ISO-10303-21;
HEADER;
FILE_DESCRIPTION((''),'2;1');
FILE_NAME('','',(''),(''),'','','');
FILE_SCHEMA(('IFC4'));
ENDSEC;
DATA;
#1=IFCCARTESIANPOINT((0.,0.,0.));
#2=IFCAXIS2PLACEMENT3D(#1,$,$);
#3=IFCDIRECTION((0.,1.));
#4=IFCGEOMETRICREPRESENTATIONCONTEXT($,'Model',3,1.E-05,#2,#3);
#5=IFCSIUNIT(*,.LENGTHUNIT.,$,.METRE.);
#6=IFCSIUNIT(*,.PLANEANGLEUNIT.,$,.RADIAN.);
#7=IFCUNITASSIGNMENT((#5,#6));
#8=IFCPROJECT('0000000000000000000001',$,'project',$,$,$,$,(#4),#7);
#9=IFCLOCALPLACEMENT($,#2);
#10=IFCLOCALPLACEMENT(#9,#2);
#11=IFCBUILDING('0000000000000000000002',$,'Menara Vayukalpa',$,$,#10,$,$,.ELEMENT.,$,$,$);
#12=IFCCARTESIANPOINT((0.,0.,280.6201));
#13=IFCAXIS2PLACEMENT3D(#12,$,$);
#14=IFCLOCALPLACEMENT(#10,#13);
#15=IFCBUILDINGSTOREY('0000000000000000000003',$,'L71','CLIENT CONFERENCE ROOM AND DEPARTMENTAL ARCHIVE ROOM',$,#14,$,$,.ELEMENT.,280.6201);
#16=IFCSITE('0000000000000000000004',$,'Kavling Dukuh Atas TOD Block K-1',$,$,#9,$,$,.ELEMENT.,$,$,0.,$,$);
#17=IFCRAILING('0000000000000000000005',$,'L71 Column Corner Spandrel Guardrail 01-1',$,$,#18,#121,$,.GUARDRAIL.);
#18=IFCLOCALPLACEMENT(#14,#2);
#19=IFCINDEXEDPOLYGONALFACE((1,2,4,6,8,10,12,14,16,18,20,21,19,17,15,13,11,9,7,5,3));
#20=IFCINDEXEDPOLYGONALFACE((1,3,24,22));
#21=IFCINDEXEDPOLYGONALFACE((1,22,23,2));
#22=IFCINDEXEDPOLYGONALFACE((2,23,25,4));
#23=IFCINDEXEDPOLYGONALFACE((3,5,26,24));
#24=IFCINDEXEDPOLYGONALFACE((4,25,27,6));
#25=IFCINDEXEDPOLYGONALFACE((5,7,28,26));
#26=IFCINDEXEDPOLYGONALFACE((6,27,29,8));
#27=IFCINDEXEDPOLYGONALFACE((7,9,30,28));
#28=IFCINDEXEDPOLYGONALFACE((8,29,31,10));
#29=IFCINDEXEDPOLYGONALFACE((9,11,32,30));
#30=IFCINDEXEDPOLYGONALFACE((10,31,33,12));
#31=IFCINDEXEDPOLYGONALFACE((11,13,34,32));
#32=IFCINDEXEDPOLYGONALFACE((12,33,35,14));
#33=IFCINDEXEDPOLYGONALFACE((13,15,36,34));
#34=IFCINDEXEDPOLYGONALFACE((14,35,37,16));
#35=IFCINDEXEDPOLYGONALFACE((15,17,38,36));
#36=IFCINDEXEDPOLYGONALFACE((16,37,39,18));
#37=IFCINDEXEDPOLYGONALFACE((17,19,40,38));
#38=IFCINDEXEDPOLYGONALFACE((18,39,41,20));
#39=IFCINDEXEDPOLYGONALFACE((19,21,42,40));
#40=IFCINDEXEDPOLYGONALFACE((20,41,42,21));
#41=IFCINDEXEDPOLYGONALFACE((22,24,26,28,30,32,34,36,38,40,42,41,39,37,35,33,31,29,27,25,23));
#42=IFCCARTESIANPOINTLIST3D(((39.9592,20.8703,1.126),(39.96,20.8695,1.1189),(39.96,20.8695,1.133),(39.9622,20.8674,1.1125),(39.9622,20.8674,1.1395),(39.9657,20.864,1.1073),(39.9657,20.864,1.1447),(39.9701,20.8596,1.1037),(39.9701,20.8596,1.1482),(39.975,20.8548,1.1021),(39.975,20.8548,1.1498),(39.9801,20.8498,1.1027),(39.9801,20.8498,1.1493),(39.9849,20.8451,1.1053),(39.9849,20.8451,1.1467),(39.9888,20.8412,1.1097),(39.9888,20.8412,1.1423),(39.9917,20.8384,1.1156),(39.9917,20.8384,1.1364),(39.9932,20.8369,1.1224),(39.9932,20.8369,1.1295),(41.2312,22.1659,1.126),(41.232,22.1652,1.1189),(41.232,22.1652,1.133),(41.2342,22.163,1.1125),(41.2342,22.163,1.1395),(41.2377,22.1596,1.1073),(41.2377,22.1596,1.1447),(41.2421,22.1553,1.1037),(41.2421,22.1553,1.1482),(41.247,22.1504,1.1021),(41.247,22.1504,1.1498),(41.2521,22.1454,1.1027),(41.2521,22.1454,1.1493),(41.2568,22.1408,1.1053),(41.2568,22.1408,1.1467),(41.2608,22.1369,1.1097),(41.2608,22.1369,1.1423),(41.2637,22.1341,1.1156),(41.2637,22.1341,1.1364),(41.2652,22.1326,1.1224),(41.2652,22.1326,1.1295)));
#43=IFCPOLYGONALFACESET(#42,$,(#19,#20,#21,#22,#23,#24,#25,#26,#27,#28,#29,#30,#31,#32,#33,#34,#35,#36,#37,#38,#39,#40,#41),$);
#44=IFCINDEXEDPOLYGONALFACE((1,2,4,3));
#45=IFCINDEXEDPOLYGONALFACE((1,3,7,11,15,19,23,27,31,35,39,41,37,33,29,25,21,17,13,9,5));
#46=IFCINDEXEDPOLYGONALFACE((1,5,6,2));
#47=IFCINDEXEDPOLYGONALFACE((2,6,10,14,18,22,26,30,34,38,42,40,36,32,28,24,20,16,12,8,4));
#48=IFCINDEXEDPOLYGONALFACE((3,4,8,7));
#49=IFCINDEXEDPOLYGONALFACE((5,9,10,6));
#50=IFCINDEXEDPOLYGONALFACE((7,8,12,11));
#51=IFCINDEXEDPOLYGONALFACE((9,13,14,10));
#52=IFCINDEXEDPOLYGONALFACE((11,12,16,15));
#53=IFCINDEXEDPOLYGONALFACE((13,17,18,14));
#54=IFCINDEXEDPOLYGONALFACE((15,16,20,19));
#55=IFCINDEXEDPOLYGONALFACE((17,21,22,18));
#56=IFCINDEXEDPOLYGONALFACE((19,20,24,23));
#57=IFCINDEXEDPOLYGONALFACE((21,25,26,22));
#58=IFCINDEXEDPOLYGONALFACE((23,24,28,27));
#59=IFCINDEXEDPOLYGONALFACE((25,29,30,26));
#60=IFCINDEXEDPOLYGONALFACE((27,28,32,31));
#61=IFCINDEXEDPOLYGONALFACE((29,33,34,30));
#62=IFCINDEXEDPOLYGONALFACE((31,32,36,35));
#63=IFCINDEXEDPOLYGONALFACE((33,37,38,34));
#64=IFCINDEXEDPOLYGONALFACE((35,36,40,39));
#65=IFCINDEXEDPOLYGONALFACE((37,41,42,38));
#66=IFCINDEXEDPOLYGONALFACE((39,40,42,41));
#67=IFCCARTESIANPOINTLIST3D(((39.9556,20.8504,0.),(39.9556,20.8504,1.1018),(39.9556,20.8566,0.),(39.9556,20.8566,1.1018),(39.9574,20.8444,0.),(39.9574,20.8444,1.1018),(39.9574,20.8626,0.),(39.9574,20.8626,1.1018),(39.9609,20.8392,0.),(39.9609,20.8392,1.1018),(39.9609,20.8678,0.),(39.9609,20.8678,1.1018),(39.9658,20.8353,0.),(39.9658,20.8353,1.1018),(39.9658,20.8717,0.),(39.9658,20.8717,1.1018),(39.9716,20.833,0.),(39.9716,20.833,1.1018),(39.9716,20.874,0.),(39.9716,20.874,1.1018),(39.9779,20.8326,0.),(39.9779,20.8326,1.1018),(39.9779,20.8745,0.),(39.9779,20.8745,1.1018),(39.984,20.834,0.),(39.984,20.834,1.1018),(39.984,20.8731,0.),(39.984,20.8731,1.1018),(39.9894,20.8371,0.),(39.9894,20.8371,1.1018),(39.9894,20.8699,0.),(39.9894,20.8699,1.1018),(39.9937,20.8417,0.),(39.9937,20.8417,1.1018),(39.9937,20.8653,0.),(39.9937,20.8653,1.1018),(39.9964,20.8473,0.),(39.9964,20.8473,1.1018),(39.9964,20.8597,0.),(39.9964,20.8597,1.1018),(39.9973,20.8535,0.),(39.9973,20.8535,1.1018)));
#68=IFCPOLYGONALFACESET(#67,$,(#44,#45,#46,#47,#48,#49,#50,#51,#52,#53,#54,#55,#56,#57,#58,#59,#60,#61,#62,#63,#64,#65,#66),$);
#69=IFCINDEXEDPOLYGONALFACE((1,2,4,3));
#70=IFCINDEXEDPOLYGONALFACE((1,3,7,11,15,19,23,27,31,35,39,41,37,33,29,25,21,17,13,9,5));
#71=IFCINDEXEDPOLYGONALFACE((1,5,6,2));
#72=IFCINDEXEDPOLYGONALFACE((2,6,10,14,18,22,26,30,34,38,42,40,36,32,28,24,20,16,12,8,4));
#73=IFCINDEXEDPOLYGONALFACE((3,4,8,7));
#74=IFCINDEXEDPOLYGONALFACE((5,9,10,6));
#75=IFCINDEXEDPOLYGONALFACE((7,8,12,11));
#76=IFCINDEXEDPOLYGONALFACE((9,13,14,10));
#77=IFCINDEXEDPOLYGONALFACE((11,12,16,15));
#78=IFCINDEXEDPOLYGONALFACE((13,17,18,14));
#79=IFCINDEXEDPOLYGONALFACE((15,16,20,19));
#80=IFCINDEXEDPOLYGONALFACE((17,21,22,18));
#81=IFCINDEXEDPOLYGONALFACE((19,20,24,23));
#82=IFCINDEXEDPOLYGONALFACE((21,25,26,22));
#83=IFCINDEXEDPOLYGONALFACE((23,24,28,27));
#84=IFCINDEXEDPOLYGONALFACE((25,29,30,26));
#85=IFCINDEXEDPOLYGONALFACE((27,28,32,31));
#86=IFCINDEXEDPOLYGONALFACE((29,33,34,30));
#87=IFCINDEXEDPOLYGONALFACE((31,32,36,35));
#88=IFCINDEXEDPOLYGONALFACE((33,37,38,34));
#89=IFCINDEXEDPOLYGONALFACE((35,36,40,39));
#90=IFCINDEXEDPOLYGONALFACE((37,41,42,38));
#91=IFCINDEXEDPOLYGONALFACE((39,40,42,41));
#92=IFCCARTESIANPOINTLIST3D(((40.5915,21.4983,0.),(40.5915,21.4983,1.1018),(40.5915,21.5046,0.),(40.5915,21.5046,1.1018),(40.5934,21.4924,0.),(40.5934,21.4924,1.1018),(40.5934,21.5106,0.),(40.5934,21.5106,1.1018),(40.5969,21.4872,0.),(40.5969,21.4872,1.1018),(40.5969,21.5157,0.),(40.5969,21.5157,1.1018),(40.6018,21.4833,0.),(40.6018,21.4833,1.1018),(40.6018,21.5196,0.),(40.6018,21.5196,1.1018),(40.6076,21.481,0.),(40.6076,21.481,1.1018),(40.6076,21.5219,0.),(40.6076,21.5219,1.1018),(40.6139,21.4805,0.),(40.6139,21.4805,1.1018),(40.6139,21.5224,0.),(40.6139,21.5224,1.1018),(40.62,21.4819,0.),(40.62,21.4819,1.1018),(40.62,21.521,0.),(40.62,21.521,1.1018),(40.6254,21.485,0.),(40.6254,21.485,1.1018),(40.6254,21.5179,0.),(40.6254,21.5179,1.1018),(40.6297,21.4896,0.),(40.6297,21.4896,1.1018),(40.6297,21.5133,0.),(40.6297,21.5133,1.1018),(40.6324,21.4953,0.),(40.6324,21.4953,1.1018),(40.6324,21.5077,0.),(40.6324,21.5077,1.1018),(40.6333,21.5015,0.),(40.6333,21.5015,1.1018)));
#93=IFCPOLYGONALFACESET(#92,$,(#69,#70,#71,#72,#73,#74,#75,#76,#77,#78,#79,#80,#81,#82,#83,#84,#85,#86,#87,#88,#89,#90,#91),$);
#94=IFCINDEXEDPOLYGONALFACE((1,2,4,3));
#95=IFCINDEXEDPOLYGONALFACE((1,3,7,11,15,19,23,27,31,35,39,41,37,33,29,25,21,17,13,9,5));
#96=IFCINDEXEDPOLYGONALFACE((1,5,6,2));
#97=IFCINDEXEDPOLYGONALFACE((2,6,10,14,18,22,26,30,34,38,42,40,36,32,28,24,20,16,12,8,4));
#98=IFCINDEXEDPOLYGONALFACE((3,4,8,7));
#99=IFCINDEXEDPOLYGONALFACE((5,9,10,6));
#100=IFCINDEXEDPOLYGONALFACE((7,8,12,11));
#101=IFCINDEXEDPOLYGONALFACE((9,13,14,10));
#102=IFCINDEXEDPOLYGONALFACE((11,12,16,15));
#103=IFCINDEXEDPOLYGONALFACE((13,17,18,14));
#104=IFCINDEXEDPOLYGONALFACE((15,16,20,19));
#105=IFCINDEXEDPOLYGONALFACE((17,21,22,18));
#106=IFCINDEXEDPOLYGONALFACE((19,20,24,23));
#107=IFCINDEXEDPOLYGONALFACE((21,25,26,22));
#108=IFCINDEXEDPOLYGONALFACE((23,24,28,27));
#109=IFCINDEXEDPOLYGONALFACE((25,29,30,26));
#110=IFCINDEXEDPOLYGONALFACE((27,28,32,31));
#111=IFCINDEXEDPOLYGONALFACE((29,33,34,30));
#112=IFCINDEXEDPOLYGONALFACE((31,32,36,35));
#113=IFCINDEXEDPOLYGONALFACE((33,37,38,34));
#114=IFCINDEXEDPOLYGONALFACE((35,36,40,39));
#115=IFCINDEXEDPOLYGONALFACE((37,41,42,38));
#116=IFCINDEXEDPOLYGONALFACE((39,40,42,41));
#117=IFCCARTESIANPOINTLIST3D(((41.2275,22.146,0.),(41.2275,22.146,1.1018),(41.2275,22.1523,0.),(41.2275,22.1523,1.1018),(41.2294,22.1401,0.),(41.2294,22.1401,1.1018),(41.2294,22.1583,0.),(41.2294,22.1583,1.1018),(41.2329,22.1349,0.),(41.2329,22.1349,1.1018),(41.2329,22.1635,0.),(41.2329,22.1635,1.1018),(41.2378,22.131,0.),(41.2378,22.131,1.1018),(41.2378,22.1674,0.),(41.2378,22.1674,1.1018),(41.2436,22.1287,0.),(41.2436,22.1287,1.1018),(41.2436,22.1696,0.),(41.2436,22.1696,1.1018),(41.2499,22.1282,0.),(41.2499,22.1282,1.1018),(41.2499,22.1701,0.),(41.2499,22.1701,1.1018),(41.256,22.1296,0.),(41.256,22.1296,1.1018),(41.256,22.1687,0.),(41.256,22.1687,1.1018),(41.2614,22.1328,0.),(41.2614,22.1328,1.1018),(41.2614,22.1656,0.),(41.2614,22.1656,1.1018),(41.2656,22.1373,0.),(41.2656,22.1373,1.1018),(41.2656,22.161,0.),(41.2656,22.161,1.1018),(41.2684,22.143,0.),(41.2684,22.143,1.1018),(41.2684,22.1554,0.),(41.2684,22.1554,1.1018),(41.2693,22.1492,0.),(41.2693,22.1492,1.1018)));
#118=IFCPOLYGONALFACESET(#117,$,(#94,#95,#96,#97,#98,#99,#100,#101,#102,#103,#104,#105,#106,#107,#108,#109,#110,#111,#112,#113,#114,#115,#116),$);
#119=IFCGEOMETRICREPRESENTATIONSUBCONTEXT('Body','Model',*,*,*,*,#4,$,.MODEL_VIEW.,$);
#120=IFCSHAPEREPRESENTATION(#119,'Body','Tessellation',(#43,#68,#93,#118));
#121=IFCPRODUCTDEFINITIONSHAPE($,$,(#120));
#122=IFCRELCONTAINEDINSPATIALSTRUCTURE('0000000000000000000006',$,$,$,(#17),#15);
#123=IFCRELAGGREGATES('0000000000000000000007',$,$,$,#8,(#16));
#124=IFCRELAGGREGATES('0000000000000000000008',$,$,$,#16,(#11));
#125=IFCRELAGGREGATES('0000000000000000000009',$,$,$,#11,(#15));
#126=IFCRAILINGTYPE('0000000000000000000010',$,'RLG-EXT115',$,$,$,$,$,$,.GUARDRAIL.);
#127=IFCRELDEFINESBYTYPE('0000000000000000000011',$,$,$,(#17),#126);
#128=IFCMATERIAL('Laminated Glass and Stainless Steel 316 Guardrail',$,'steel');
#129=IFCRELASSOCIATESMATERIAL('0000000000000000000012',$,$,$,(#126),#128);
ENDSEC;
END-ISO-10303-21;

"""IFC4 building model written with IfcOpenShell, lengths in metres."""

from ifc_helpers import new_model, si_unit, direction, frame, origin, origin_2d, place, context, subcontext, project, spatial, circle, extrude, material, type_object, element, save


model = new_model("IFC4")

# Units and contexts
model_context = context("Model", 3, precision=1e-05, world=origin(), true_north=direction((0.0, 1.0)))
body_context = subcontext(model_context, "Body", "Model", "MODEL_VIEW")
ifc_project = project(units=[si_unit("LENGTHUNIT", "METRE"), si_unit("PLANEANGLEUNIT", "RADIAN")], contexts=[model_context])

# Site, building, storey
site_placement = place(None, origin())
site = spatial("IfcSite", under=ifc_project, at=site_placement, Name="Kavling Dukuh Atas TOD Block K-1", CompositionType="ELEMENT", RefElevation=0.0)
building_placement = place(site_placement, origin())
building = spatial("IfcBuilding", under=site, at=building_placement, Name="Menara Vayukalpa", CompositionType="ELEMENT")
storey_placement = place(building_placement, frame((0.0, 0.0, 280.6201)))
storey = spatial("IfcBuildingStorey", under=building, at=storey_placement, Name="L71", Description="CLIENT CONFERENCE ROOM AND DEPARTMENTAL ARCHIVE ROOM", CompositionType="ELEMENT", Elevation=280.6201)

# Railing
ifc_material_1 = material(Name="Laminated Glass and Stainless Steel 316 Guardrail", Category="steel")
railing_type_1 = type_object("IfcRailingType", Name="RLG-EXT115", PredefinedType="GUARDRAIL", material=ifc_material_1)
railing_1_placement = place(storey_placement, frame((39.9763, 20.8535, 0.0)))
element("IfcRailing", 1, at=railing_1_placement, inside=storey, type_object=railing_type_1, Name="L71 Column Corner Spandrel Guardrail 01-1", PredefinedType="GUARDRAIL", context=body_context, shape_type="SweptSolid", body=[
    extrude(circle(Radius=0.0239, at=origin_2d()), frame((0.0, 0.0, 1.126), z_axis=(0.700555, 0.713598, 0.0), x_axis=(-0.713598, 0.700555, 0.0)), (0.0, 0.0, 1.0), 1.8157),
    extrude(circle(Radius=0.021, at=origin_2d()), origin(), (0.0, 0.0, 1.0), 1.1018),
    extrude(circle(Radius=0.021, at=origin_2d()), frame((0.636, 0.6479, 0.0)), (0.0, 0.0, 1.0), 1.1018),
    extrude(circle(Radius=0.021, at=origin_2d()), frame((1.272, 1.2957, 0.0)), (0.0, 0.0, 1.0), 1.1018),
])

save(model, "model.ifc")
